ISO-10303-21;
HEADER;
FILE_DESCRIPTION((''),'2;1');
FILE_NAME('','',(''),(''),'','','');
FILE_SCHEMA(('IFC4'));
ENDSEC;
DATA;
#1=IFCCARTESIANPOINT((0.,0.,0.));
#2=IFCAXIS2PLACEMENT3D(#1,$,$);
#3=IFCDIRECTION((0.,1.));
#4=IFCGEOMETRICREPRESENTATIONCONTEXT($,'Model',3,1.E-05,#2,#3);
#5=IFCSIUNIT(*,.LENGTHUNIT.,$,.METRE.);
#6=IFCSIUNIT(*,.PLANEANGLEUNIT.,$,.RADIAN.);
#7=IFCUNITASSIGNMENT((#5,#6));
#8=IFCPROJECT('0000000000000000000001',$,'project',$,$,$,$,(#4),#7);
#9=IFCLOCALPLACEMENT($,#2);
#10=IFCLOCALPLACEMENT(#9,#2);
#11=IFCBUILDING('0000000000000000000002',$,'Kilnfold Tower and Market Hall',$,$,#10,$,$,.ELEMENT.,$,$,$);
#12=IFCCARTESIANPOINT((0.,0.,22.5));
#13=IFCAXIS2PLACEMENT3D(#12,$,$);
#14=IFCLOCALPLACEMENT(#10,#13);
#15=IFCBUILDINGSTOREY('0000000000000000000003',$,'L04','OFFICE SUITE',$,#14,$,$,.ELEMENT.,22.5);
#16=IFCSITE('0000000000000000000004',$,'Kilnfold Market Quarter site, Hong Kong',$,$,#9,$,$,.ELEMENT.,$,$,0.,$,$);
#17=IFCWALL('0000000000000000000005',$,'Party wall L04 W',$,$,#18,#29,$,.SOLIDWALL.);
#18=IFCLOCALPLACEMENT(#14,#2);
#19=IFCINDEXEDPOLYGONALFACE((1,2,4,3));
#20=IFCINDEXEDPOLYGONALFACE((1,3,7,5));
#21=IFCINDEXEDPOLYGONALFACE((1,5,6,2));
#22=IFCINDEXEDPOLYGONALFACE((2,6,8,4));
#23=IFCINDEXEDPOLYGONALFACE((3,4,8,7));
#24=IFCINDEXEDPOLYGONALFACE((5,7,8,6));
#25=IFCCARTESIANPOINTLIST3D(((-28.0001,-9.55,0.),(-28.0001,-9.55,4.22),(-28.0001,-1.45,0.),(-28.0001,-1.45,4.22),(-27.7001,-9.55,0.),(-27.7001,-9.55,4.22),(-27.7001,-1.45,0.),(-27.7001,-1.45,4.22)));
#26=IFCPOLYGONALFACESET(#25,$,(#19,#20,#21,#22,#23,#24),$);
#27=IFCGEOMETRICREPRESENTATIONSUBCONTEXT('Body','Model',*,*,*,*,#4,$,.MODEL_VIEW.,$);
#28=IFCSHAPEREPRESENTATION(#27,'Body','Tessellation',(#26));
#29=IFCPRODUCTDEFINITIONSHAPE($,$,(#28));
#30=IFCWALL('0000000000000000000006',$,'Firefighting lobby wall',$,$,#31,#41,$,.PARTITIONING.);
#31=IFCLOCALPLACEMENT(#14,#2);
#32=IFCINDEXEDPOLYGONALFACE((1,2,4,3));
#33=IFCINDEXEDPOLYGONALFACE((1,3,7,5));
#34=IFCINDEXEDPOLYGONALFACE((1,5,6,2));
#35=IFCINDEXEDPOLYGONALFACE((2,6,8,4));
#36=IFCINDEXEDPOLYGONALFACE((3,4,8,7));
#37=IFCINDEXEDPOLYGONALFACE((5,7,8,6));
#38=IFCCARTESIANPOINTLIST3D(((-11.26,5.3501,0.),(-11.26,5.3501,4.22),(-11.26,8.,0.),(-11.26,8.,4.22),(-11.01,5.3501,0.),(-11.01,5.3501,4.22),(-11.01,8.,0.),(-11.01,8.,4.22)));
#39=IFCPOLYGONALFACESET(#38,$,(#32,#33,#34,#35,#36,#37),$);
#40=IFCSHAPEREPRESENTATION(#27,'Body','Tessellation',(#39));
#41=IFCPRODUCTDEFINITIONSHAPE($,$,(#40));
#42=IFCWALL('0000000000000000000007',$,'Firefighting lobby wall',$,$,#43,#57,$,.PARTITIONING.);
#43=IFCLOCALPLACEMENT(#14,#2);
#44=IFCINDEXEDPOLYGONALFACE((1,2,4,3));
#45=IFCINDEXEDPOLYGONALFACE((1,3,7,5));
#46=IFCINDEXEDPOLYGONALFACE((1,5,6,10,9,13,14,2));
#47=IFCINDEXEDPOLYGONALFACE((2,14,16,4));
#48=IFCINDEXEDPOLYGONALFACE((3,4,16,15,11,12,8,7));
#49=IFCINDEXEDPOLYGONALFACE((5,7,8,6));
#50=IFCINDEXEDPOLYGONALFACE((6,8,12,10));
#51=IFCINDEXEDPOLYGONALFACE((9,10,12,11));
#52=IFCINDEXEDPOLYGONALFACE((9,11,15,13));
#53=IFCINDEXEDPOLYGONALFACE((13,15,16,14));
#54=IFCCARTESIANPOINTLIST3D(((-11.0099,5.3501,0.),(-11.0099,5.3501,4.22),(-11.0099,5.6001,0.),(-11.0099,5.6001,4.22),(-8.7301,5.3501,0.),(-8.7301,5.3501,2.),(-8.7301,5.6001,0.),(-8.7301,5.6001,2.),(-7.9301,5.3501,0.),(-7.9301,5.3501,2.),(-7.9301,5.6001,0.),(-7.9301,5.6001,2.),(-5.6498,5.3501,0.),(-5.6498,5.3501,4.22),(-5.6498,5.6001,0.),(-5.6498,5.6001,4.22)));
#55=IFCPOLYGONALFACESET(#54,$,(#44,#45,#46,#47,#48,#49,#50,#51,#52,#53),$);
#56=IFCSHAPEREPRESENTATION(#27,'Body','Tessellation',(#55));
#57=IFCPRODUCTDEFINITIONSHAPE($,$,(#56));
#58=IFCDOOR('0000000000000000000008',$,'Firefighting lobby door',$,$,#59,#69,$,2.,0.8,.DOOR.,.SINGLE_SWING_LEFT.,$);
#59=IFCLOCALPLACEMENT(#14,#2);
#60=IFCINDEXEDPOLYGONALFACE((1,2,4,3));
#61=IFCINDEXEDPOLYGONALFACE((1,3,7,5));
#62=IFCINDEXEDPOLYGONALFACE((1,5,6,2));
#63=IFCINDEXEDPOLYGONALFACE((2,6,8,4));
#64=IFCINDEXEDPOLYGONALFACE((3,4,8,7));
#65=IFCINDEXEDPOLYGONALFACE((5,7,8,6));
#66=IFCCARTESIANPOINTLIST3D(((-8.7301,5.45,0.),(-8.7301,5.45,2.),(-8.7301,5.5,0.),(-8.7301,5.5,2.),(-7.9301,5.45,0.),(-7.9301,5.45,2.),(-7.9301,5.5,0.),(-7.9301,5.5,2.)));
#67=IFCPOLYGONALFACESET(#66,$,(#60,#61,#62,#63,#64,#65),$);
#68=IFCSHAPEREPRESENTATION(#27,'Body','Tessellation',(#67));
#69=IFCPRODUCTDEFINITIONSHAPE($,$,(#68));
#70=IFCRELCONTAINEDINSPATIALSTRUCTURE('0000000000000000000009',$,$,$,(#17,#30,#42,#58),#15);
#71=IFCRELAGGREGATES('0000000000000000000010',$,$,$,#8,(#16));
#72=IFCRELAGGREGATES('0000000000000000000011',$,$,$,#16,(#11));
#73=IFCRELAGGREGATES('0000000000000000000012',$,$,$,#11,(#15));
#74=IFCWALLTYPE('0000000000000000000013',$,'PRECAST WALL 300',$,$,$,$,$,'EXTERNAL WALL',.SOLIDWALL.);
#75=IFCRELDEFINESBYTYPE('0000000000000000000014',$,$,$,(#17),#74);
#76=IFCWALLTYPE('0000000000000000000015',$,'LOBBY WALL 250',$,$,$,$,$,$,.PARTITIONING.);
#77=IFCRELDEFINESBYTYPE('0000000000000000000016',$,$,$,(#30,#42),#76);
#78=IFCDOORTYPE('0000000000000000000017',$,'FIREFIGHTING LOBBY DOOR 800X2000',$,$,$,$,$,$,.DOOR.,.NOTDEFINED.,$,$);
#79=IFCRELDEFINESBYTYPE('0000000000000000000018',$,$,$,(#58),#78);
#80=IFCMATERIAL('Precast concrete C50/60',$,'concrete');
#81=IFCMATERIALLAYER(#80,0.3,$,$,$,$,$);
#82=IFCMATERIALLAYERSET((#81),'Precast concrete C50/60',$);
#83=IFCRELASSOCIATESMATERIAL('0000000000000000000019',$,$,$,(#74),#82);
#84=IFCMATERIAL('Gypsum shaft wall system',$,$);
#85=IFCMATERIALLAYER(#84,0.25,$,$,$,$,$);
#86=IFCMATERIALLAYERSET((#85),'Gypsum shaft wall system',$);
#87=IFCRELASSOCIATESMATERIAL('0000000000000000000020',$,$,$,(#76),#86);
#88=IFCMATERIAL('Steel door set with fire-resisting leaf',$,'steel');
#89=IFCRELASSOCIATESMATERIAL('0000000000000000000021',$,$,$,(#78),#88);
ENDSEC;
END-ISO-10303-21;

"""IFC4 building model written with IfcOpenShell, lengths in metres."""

from ifc_helpers import new_model, si_unit, direction, frame, frame_2d, origin, place, context, subcontext, project, spatial, rectangle, extrude, source, transform, mapped, material, layer, layer_set, type_object, element, fill, save


model = new_model("IFC4")

# Units and contexts
model_context = context("Model", 3, precision=1e-05, world=origin(), true_north=direction((0.0, 1.0)))
body_context = subcontext(model_context, "Body", "Model", "MODEL_VIEW")
ifc_project = project(units=[si_unit("LENGTHUNIT", "METRE"), si_unit("PLANEANGLEUNIT", "RADIAN")], contexts=[model_context])

# Site, building, storey
site_placement = place(None, origin())
site = spatial("IfcSite", under=ifc_project, at=site_placement, Name="Kilnfold Market Quarter site, Hong Kong", CompositionType="ELEMENT", RefElevation=0.0)
building_placement = place(site_placement, origin())
building = spatial("IfcBuilding", under=site, at=building_placement, Name="Kilnfold Tower and Market Hall", CompositionType="ELEMENT")
storey_placement = place(building_placement, frame((0.0, 0.0, 22.5)))
storey = spatial("IfcBuildingStorey", under=building, at=storey_placement, Name="L04", Description="OFFICE SUITE", CompositionType="ELEMENT", Elevation=22.5)

# Walls
ifc_material_1 = material(Name="Precast concrete C50/60", Category="concrete")
ifc_layer_1 = layer(ifc_material_1, 0.3)
ifc_layer_set_1 = layer_set([ifc_layer_1], Name="Precast concrete C50/60")
wall_type_1 = type_object("IfcWallType", Name="PRECAST WALL 300", ElementType="EXTERNAL WALL", PredefinedType="SOLIDWALL", material=ifc_layer_set_1)
shared_shape_1 = source(origin(), body_context, "Body", "SweptSolid", [
    extrude(rectangle(XDim=8.1001, YDim=0.3, at=frame_2d((4.05, 0.0))), origin(), (0.0, 0.0, 1.0), 4.22),
])
wall_1_placement = place(storey_placement, frame((-27.8501, -1.45, 0.0), z_axis=(0.0, 0.0, 1.0), x_axis=(0.0, -1.0, 0.0)))
element("IfcWall", 1, at=wall_1_placement, inside=storey, type_object=wall_type_1, Name="Party wall L04 W", PredefinedType="SOLIDWALL", context=body_context, shape_type="MappedRepresentation", body=[
    mapped(shared_shape_1, transform((0.0, 0.0, 0.0))),
])
ifc_material_2 = material(Name="Gypsum shaft wall system")
ifc_layer_2 = layer(ifc_material_2, 0.25)
ifc_layer_set_2 = layer_set([ifc_layer_2], Name="Gypsum shaft wall system")
wall_type_2 = type_object("IfcWallType", Name="LOBBY WALL 250", PredefinedType="PARTITIONING", material=ifc_layer_set_2)
shared_shape_2 = source(origin(), body_context, "Body", "SweptSolid", [
    extrude(rectangle(XDim=2.6499, YDim=0.25, at=frame_2d((1.325, 0.0))), origin(), (0.0, 0.0, 1.0), 4.22),
])
wall_2_placement = place(storey_placement, frame((-11.135, 5.3501, 0.0), z_axis=(0.0, 0.0, 1.0), x_axis=(0.0, 1.0, 0.0)))
element("IfcWall", 2, at=wall_2_placement, inside=storey, type_object=wall_type_2, Name="Firefighting lobby wall", PredefinedType="PARTITIONING", context=body_context, shape_type="MappedRepresentation", body=[
    mapped(shared_shape_2, transform((0.0, 0.0, 0.0))),
])

# Wall, opening, door
shared_shape_3 = source(origin(), body_context, "Body", "SweptSolid", [
    extrude(rectangle(XDim=5.3601, YDim=0.25, at=frame_2d((2.6802, 0.0))), origin(), (0.0, 0.0, 1.0), 4.22),
])
wall_3_placement = place(storey_placement, frame((-11.01, 5.4751, 0.0), z_axis=(0.0, 0.0, 1.0), x_axis=(1.0, 0.0, 0.0)))
wall_3 = element("IfcWall", 3, at=wall_3_placement, inside=storey, type_object=wall_type_2, Name="Firefighting lobby wall", PredefinedType="PARTITIONING", context=body_context, shape_type="MappedRepresentation", body=[
    mapped(shared_shape_3, transform((0.0, 0.0, 0.0))),
])
opening_1_placement = place(wall_3_placement, frame((2.28, 0.0, 0.0)))
opening_1 = element("IfcOpeningElement", 4, at=opening_1_placement, cuts=wall_3, PredefinedType="OPENING", context=body_context, shape_type="SweptSolid", body=[
    extrude(rectangle(XDim=0.8, YDim=2.0, at=frame_2d((0.3999, 1.0))), frame((0.0, 0.135, 0.0), z_axis=(0.0, -1.0, 0.0), x_axis=(1.0, 0.0, 0.0)), (0.0, 0.0, 1.0), 0.27),
])
ifc_material_3 = material(Name="Steel door set with fire-resisting leaf", Category="steel")
door_type_1 = type_object("IfcDoorType", Name="FIREFIGHTING LOBBY DOOR 800X2000", OperationType="NOTDEFINED", PredefinedType="DOOR", material=ifc_material_3)
door_1_placement = place(opening_1_placement, origin())
door_1 = element("IfcDoor", 5, at=door_1_placement, inside=storey, type_object=door_type_1, Name="Firefighting lobby door", OperationType="SINGLE_SWING_LEFT", OverallHeight=2.0, OverallWidth=0.8, PredefinedType="DOOR", context=body_context, shape_type="SweptSolid", body=[
    extrude(rectangle(XDim=0.8, YDim=2.0, at=frame_2d((0.3999, 1.0))), frame((0.0, 0.0249, 0.0), z_axis=(0.0, -1.0, 0.0), x_axis=(1.0, 0.0, 0.0)), (0.0, 0.0, 1.0), 0.05),
])
fill(opening_1, door_1)

save(model, "model.ifc")
